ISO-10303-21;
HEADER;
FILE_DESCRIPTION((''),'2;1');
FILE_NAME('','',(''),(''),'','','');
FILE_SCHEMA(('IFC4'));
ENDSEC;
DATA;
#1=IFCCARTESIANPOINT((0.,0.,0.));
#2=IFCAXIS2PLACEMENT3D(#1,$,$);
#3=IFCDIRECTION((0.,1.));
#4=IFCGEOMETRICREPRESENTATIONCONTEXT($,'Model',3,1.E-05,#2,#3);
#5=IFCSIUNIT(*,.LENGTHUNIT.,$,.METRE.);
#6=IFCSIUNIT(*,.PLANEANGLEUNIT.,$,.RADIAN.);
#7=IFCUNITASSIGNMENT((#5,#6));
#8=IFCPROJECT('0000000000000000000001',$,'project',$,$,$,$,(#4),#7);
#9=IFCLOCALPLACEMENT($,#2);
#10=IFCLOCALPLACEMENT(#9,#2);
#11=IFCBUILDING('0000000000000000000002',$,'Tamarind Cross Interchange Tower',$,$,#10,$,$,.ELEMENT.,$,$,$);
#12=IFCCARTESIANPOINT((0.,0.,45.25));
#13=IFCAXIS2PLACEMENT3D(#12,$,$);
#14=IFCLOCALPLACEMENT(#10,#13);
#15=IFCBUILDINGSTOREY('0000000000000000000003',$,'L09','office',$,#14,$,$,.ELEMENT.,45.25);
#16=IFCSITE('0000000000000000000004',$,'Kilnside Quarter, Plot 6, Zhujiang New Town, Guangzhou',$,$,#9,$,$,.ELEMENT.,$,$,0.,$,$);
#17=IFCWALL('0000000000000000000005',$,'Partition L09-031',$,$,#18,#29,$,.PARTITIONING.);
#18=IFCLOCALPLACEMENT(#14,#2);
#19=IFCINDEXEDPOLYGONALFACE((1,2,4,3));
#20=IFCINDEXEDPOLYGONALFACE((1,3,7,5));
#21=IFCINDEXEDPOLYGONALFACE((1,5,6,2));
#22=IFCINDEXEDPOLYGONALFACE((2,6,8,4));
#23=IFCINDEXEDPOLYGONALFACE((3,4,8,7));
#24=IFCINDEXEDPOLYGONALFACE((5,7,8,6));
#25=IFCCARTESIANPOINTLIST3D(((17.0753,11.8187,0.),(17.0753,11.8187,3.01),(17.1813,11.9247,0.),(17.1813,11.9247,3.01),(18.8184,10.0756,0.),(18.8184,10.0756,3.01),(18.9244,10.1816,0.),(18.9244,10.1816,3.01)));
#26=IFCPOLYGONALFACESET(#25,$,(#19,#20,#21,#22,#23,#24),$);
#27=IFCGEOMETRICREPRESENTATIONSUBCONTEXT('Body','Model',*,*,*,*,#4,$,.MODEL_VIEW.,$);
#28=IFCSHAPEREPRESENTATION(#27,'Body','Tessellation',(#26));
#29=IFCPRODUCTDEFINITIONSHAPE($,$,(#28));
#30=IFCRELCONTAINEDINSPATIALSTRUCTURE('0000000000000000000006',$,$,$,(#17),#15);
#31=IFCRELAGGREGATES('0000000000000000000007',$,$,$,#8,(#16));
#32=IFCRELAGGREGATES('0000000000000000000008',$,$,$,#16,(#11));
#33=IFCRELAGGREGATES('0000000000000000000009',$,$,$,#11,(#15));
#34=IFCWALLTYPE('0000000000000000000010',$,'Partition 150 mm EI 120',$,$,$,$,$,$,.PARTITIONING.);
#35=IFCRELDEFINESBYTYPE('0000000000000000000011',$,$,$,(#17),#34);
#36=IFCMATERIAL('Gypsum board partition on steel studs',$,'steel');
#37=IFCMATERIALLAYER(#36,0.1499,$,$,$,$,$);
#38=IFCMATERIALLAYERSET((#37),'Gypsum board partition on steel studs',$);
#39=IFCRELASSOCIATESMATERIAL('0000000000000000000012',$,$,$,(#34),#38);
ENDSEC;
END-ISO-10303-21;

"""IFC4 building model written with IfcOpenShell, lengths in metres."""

from ifc_helpers import new_model, si_unit, direction, frame, frame_2d, origin, place, context, subcontext, project, spatial, rectangle, extrude, material, layer, layer_set, type_object, element, save


model = new_model("IFC4")

# Units and contexts
model_context = context("Model", 3, precision=1e-05, world=origin(), true_north=direction((0.0, 1.0)))
body_context = subcontext(model_context, "Body", "Model", "MODEL_VIEW")
ifc_project = project(units=[si_unit("LENGTHUNIT", "METRE"), si_unit("PLANEANGLEUNIT", "RADIAN")], contexts=[model_context])

# Site, building, storey
site_placement = place(None, origin())
site = spatial("IfcSite", under=ifc_project, at=site_placement, Name="Kilnside Quarter, Plot 6, Zhujiang New Town, Guangzhou", CompositionType="ELEMENT", RefElevation=0.0)
building_placement = place(site_placement, origin())
building = spatial("IfcBuilding", under=site, at=building_placement, Name="Tamarind Cross Interchange Tower", CompositionType="ELEMENT")
storey_placement = place(building_placement, frame((0.0, 0.0, 45.25)))
storey = spatial("IfcBuildingStorey", under=building, at=storey_placement, Name="L09", Description="office", CompositionType="ELEMENT", Elevation=45.25)

# Shared definitions
ifc_material_1 = material(Name="Gypsum board partition on steel studs", Category="steel")
ifc_layer_1 = layer(ifc_material_1, 0.1499)
ifc_layer_set_1 = layer_set([ifc_layer_1], Name="Gypsum board partition on steel studs")
wall_type_1 = type_object("IfcWallType", Name="Partition 150 mm EI 120", PredefinedType="PARTITIONING", material=ifc_layer_set_1)

# Wall
wall_1_placement = place(storey_placement, frame((17.1284, 11.8716, 0.0), z_axis=(0.0, 0.0, 1.0), x_axis=(0.707107, -0.707107, 0.0)))
element("IfcWall", 1, at=wall_1_placement, inside=storey, type_object=wall_type_1, Name="Partition L09-031", PredefinedType="PARTITIONING", context=body_context, shape_type="SweptSolid", body=[
    extrude(rectangle(XDim=2.4651, YDim=0.1499, at=frame_2d((1.2324, 0.0))), origin(), (0.0, 0.0, 1.0), 3.01),
])

save(model, "model.ifc")
